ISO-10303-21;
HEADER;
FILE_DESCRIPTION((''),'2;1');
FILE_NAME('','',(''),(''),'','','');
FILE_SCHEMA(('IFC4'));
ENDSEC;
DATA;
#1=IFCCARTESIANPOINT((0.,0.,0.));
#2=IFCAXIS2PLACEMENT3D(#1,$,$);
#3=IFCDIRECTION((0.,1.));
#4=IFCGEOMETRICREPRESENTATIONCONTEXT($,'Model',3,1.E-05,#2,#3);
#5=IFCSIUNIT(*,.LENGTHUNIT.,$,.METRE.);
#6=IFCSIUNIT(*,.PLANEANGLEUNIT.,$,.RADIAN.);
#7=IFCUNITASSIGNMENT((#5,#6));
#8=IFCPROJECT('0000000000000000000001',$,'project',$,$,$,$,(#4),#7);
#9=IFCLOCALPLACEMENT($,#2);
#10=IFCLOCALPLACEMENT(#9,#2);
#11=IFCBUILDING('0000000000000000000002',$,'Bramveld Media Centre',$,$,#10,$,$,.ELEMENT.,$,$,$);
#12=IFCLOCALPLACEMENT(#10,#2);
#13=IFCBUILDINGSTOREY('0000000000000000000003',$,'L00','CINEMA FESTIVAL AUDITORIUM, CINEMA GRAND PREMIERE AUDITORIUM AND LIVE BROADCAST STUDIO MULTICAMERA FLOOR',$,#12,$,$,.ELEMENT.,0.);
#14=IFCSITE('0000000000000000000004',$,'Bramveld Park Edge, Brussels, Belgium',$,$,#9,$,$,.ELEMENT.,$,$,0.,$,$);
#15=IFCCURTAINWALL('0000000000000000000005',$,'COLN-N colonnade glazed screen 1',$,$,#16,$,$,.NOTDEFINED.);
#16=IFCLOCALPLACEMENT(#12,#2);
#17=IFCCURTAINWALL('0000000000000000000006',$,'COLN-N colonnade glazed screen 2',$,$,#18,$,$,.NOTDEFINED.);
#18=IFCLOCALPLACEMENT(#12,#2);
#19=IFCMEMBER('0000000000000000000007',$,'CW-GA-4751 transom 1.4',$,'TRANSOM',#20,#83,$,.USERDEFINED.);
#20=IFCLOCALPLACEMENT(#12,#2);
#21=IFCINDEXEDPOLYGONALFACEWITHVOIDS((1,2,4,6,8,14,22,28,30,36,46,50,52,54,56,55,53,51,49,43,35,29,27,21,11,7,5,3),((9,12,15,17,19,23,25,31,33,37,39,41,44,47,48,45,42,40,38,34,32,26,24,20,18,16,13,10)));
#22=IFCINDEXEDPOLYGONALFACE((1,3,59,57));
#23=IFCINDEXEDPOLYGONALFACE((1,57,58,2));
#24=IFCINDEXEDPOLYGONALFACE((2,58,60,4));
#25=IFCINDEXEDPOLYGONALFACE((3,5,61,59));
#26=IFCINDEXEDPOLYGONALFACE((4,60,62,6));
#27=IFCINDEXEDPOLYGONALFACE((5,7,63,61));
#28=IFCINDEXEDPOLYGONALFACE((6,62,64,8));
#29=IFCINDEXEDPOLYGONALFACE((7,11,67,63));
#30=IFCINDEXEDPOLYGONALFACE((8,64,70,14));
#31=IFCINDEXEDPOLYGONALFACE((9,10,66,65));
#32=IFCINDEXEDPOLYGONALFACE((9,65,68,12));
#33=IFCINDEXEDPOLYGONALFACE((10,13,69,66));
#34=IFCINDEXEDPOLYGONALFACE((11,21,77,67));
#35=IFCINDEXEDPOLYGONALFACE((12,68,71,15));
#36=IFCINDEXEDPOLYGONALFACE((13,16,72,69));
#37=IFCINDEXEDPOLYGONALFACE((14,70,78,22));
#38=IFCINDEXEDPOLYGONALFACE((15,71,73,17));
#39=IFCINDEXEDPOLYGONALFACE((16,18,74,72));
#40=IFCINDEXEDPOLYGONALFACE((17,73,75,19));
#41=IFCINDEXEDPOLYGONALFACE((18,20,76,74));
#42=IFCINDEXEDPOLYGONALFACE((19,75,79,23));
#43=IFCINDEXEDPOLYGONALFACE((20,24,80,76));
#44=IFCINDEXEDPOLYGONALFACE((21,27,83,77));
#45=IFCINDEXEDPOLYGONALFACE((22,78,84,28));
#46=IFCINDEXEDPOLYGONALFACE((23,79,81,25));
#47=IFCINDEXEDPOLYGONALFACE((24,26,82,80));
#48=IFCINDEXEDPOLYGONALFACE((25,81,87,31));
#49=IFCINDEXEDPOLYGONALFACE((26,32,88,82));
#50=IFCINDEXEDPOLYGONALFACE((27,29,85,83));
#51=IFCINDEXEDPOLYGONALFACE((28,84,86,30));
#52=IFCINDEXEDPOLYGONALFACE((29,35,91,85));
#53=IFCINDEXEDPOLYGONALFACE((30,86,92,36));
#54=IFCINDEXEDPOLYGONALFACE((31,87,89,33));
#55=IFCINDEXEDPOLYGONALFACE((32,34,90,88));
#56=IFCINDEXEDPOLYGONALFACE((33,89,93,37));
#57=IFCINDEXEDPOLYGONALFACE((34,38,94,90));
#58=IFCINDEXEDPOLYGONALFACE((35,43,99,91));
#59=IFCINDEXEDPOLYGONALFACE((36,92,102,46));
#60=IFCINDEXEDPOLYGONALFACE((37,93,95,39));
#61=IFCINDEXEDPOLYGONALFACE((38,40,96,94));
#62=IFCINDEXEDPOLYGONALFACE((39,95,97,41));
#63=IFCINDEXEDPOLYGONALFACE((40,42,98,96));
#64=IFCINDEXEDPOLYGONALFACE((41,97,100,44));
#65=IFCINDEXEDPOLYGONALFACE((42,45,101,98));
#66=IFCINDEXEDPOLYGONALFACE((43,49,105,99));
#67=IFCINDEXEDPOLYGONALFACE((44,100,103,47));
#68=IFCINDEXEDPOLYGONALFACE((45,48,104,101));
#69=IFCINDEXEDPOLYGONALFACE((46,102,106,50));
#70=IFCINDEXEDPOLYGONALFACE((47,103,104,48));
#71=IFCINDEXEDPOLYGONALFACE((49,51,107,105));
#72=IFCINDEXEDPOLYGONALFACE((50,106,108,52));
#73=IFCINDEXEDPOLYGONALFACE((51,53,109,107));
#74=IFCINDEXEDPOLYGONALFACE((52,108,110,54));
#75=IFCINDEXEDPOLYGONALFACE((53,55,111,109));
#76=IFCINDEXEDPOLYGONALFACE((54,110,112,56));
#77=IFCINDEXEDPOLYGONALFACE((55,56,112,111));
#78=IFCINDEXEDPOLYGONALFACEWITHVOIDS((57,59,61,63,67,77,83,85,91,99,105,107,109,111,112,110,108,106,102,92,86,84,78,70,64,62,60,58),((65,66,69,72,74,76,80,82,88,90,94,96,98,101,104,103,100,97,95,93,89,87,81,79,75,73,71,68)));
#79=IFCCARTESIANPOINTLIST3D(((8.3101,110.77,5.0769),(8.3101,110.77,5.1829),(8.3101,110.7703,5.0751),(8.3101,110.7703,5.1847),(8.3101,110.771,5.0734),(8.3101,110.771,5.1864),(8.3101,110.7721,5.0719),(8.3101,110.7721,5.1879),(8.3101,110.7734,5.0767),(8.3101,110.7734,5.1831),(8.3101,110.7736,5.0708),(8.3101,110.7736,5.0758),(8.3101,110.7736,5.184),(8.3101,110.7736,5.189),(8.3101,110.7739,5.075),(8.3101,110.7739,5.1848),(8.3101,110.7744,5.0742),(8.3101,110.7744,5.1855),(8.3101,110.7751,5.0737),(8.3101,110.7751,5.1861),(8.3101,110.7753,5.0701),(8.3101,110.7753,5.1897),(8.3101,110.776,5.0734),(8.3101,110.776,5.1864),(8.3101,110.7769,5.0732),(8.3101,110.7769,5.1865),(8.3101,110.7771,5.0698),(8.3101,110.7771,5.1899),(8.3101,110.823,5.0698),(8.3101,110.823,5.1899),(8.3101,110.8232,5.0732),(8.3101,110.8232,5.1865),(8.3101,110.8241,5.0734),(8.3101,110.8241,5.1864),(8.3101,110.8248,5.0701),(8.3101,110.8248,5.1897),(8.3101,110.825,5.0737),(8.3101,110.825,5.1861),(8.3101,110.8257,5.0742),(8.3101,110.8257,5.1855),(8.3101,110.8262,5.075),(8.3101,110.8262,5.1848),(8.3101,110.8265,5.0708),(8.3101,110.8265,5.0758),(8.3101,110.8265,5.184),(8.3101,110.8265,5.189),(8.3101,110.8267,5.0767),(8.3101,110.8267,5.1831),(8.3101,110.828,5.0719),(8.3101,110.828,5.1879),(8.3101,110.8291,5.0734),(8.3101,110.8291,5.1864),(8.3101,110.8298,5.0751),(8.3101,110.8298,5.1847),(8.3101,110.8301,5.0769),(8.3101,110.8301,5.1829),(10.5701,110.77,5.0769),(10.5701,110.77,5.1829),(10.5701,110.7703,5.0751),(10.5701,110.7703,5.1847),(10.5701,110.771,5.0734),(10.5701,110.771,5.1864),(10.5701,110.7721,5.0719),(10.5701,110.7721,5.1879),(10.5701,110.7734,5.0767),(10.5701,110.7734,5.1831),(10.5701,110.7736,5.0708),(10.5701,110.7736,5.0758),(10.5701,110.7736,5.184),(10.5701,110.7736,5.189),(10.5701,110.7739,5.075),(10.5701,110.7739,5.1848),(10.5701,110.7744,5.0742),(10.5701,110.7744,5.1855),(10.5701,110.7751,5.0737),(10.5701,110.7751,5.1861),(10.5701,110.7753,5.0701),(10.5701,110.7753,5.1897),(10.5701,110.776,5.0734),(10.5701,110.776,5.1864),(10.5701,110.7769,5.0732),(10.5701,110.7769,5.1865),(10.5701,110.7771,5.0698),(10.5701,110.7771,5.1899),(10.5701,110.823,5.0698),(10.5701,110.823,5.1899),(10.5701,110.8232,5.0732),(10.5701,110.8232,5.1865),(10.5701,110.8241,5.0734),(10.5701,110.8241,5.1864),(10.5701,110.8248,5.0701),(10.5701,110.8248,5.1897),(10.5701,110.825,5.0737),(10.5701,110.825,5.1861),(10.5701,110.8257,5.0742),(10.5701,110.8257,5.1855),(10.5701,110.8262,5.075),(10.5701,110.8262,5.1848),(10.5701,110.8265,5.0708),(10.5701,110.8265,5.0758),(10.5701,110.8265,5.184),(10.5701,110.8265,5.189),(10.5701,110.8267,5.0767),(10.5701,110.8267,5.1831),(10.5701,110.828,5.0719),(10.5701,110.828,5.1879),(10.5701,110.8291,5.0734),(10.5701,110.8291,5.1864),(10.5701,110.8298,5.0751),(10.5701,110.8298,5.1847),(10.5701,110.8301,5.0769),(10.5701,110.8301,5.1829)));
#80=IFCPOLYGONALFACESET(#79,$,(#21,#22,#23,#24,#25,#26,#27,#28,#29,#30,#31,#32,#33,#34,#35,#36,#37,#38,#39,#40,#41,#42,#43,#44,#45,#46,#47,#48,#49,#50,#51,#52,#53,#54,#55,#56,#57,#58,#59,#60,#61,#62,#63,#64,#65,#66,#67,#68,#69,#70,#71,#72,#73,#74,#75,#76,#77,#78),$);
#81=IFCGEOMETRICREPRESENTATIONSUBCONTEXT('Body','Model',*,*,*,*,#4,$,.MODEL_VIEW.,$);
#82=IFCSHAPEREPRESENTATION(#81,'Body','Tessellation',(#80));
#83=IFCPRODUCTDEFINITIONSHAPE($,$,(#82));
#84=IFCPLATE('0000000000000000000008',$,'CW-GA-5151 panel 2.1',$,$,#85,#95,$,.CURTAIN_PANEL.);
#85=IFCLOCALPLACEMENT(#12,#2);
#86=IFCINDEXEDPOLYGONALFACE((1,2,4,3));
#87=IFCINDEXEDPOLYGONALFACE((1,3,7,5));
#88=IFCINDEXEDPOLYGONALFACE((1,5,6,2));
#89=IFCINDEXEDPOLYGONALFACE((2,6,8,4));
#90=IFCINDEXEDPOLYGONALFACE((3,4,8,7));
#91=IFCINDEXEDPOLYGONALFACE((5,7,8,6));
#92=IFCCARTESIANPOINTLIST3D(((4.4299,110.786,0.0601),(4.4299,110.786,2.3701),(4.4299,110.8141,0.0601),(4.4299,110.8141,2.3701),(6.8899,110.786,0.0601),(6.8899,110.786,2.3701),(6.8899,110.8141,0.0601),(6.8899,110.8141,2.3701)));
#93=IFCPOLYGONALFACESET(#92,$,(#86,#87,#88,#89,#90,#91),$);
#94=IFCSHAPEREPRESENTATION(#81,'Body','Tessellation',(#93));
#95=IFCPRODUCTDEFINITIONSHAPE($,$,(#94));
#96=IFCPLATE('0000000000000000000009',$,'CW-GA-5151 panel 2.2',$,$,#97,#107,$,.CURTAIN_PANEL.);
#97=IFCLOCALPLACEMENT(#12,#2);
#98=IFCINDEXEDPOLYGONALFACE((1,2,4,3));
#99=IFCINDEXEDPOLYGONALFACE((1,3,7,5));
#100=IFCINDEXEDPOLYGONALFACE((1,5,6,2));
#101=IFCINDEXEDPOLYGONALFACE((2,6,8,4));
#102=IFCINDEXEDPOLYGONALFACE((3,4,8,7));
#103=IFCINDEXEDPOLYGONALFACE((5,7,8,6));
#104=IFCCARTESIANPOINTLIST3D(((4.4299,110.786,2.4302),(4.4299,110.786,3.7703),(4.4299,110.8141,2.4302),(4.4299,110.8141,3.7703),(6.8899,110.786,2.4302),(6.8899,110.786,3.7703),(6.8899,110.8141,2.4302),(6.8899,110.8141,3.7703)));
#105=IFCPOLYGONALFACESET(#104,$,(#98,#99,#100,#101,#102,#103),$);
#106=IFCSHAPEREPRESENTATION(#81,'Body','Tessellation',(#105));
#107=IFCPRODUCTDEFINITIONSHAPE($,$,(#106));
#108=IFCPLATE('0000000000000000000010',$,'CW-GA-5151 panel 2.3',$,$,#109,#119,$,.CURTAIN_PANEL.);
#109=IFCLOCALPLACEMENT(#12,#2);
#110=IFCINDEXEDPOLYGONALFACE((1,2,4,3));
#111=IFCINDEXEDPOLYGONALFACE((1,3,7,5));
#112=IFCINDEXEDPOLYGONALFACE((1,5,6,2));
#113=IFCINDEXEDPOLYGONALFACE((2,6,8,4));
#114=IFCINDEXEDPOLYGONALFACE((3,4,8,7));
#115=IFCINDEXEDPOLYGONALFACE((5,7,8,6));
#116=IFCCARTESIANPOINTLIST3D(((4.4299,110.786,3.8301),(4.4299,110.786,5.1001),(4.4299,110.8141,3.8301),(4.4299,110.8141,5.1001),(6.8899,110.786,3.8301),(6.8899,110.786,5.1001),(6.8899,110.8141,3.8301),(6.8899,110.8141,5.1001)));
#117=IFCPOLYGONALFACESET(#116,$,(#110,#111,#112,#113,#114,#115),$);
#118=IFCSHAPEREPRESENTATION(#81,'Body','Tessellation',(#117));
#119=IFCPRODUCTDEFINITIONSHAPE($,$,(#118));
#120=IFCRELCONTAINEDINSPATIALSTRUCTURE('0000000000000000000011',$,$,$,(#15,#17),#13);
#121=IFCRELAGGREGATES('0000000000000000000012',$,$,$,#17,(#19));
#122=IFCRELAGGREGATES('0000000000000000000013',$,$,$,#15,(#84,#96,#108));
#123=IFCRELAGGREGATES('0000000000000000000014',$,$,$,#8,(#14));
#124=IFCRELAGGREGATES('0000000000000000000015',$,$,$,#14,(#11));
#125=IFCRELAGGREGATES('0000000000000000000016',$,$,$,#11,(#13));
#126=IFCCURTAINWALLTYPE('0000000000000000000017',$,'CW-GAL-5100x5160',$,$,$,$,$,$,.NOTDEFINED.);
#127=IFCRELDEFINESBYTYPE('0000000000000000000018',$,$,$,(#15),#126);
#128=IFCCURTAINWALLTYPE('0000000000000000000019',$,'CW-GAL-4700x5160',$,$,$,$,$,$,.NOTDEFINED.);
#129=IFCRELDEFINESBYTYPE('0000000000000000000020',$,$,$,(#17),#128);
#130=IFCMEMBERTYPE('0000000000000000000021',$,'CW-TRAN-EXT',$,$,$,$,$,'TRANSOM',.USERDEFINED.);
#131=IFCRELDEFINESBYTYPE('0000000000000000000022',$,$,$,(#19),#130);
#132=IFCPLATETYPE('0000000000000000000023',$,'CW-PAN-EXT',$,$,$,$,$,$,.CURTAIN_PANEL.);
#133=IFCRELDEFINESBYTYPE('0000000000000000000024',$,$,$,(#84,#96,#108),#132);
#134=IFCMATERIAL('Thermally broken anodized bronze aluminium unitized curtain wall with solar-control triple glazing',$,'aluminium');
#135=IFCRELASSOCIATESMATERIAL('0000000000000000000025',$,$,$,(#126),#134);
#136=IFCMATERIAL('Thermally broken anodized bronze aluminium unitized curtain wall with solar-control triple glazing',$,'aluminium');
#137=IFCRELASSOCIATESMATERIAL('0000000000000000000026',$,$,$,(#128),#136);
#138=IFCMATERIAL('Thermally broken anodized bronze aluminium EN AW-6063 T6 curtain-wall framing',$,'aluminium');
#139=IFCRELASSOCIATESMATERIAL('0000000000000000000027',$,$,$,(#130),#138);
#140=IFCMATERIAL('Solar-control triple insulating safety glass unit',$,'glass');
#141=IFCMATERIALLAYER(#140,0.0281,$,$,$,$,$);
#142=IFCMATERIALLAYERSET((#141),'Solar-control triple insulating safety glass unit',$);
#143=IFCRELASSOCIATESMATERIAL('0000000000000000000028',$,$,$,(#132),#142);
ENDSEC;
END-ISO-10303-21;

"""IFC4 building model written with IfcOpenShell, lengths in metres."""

from ifc_helpers import new_model, si_unit, direction, frame, origin, origin_2d, place, context, subcontext, project, spatial, rectangle, hollow_rectangle, extrude, material, layer, layer_set, material_profile, profile_set, type_object, element, aggregate, save


model = new_model("IFC4")

# Units and contexts
model_context = context("Model", 3, precision=1e-05, world=origin(), true_north=direction((0.0, 1.0)))
body_context = subcontext(model_context, "Body", "Model", "MODEL_VIEW")
ifc_project = project(units=[si_unit("LENGTHUNIT", "METRE"), si_unit("PLANEANGLEUNIT", "RADIAN")], contexts=[model_context])

# Site, building, storey
site_placement = place(None, origin())
site = spatial("IfcSite", under=ifc_project, at=site_placement, Name="Bramveld Park Edge, Brussels, Belgium", CompositionType="ELEMENT", RefElevation=0.0)
building_placement = place(site_placement, origin())
building = spatial("IfcBuilding", under=site, at=building_placement, Name="Bramveld Media Centre", CompositionType="ELEMENT")
storey_placement = place(building_placement, origin())
storey = spatial("IfcBuildingStorey", under=building, at=storey_placement, Name="L00", Description="CINEMA FESTIVAL AUDITORIUM, CINEMA GRAND PREMIERE AUDITORIUM AND LIVE BROADCAST STUDIO MULTICAMERA FLOOR", CompositionType="ELEMENT", Elevation=0.0)

# Curtain walls
ifc_material_1 = material(Name="Thermally broken anodized bronze aluminium unitized curtain wall with solar-control triple glazing", Category="aluminium")
curtain_wall_type_1 = type_object("IfcCurtainWallType", Name="CW-GAL-5100x5160", PredefinedType="NOTDEFINED", material=ifc_material_1)
curtain_wall_1_placement = place(storey_placement, origin())
curtain_wall_1 = element("IfcCurtainWall", 1, at=curtain_wall_1_placement, inside=storey, type_object=curtain_wall_type_1, Name="COLN-N colonnade glazed screen 1", PredefinedType="NOTDEFINED")
ifc_material_2 = material(Name="Thermally broken anodized bronze aluminium unitized curtain wall with solar-control triple glazing", Category="aluminium")
curtain_wall_type_2 = type_object("IfcCurtainWallType", Name="CW-GAL-4700x5160", PredefinedType="NOTDEFINED", material=ifc_material_2)
curtain_wall_2_placement = place(storey_placement, origin())
curtain_wall_2 = element("IfcCurtainWall", 2, at=curtain_wall_2_placement, inside=storey, type_object=curtain_wall_type_2, Name="COLN-N colonnade glazed screen 2", PredefinedType="NOTDEFINED")

# Member
ifc_material_3 = material(Name="Thermally broken anodized bronze aluminium EN AW-6063 T6 curtain-wall framing", Category="aluminium")
ifc_material_profile_1 = material_profile(ifc_material_3, hollow_rectangle(XDim=0.0601, YDim=0.1201, WallThickness=0.0034, InnerFilletRadius=0.0034, OuterFilletRadius=0.0071, at=origin_2d()), Name="AL-TRAN 60x120")
ifc_profile_set_1 = profile_set([ifc_material_profile_1], Name="Thermally broken anodized bronze aluminium EN AW-6063 T6 curtain-wall framing")
member_type_1 = type_object("IfcMemberType", Name="CW-TRAN-EXT", ElementType="TRANSOM", PredefinedType="USERDEFINED", material=ifc_profile_set_1)
member_1_placement = place(storey_placement, frame((8.3101, 110.8, 5.1299), z_axis=(1.0, 0.0, 0.0), x_axis=(0.0, 1.0, 0.0)))
member_1 = element("IfcMember", 3, at=member_1_placement, type_object=member_type_1, Name="CW-GA-4751 transom 1.4", ObjectType="TRANSOM", PredefinedType="USERDEFINED", context=body_context, shape_type="SweptSolid", body=[
    extrude(hollow_rectangle(XDim=0.0601, YDim=0.1201, WallThickness=0.0034, InnerFilletRadius=0.0034, OuterFilletRadius=0.0071, at=origin_2d()), origin(), (0.0, 0.0, 1.0), 2.26),
])
aggregate(curtain_wall_2, [member_1])

# Plates
ifc_material_4 = material(Name="Solar-control triple insulating safety glass unit", Category="glass")
ifc_layer = layer(ifc_material_4, 0.0281)
ifc_layer_set = layer_set([ifc_layer], Name="Solar-control triple insulating safety glass unit")
plate_type = type_object("IfcPlateType", Name="CW-PAN-EXT", PredefinedType="CURTAIN_PANEL", material=ifc_layer_set)
plate_1_placement = place(storey_placement, frame((5.6599, 110.8, 0.0601), z_axis=(0.0, 0.0, 1.0), x_axis=(1.0, 0.0, 0.0)))
plate_1 = element("IfcPlate", 4, at=plate_1_placement, type_object=plate_type, Name="CW-GA-5151 panel 2.1", PredefinedType="CURTAIN_PANEL", context=body_context, shape_type="SweptSolid", body=[
    extrude(rectangle(XDim=2.46, YDim=0.0281, at=origin_2d()), origin(), (0.0, 0.0, 1.0), 2.3101),
])
plate_2_placement = place(storey_placement, frame((5.6599, 110.8, 2.4302), z_axis=(0.0, 0.0, 1.0), x_axis=(1.0, 0.0, 0.0)))
plate_2 = element("IfcPlate", 5, at=plate_2_placement, type_object=plate_type, Name="CW-GA-5151 panel 2.2", PredefinedType="CURTAIN_PANEL", context=body_context, shape_type="SweptSolid", body=[
    extrude(rectangle(XDim=2.46, YDim=0.0281, at=origin_2d()), origin(), (0.0, 0.0, 1.0), 1.3401),
])
plate_3_placement = place(storey_placement, frame((5.6599, 110.8, 3.8301), z_axis=(0.0, 0.0, 1.0), x_axis=(1.0, 0.0, 0.0)))
plate_3 = element("IfcPlate", 6, at=plate_3_placement, type_object=plate_type, Name="CW-GA-5151 panel 2.3", PredefinedType="CURTAIN_PANEL", context=body_context, shape_type="SweptSolid", body=[
    extrude(rectangle(XDim=2.46, YDim=0.0281, at=origin_2d()), origin(), (0.0, 0.0, 1.0), 1.27),
])
aggregate(curtain_wall_1, [plate_1, plate_2, plate_3])

save(model, "model.ifc")
